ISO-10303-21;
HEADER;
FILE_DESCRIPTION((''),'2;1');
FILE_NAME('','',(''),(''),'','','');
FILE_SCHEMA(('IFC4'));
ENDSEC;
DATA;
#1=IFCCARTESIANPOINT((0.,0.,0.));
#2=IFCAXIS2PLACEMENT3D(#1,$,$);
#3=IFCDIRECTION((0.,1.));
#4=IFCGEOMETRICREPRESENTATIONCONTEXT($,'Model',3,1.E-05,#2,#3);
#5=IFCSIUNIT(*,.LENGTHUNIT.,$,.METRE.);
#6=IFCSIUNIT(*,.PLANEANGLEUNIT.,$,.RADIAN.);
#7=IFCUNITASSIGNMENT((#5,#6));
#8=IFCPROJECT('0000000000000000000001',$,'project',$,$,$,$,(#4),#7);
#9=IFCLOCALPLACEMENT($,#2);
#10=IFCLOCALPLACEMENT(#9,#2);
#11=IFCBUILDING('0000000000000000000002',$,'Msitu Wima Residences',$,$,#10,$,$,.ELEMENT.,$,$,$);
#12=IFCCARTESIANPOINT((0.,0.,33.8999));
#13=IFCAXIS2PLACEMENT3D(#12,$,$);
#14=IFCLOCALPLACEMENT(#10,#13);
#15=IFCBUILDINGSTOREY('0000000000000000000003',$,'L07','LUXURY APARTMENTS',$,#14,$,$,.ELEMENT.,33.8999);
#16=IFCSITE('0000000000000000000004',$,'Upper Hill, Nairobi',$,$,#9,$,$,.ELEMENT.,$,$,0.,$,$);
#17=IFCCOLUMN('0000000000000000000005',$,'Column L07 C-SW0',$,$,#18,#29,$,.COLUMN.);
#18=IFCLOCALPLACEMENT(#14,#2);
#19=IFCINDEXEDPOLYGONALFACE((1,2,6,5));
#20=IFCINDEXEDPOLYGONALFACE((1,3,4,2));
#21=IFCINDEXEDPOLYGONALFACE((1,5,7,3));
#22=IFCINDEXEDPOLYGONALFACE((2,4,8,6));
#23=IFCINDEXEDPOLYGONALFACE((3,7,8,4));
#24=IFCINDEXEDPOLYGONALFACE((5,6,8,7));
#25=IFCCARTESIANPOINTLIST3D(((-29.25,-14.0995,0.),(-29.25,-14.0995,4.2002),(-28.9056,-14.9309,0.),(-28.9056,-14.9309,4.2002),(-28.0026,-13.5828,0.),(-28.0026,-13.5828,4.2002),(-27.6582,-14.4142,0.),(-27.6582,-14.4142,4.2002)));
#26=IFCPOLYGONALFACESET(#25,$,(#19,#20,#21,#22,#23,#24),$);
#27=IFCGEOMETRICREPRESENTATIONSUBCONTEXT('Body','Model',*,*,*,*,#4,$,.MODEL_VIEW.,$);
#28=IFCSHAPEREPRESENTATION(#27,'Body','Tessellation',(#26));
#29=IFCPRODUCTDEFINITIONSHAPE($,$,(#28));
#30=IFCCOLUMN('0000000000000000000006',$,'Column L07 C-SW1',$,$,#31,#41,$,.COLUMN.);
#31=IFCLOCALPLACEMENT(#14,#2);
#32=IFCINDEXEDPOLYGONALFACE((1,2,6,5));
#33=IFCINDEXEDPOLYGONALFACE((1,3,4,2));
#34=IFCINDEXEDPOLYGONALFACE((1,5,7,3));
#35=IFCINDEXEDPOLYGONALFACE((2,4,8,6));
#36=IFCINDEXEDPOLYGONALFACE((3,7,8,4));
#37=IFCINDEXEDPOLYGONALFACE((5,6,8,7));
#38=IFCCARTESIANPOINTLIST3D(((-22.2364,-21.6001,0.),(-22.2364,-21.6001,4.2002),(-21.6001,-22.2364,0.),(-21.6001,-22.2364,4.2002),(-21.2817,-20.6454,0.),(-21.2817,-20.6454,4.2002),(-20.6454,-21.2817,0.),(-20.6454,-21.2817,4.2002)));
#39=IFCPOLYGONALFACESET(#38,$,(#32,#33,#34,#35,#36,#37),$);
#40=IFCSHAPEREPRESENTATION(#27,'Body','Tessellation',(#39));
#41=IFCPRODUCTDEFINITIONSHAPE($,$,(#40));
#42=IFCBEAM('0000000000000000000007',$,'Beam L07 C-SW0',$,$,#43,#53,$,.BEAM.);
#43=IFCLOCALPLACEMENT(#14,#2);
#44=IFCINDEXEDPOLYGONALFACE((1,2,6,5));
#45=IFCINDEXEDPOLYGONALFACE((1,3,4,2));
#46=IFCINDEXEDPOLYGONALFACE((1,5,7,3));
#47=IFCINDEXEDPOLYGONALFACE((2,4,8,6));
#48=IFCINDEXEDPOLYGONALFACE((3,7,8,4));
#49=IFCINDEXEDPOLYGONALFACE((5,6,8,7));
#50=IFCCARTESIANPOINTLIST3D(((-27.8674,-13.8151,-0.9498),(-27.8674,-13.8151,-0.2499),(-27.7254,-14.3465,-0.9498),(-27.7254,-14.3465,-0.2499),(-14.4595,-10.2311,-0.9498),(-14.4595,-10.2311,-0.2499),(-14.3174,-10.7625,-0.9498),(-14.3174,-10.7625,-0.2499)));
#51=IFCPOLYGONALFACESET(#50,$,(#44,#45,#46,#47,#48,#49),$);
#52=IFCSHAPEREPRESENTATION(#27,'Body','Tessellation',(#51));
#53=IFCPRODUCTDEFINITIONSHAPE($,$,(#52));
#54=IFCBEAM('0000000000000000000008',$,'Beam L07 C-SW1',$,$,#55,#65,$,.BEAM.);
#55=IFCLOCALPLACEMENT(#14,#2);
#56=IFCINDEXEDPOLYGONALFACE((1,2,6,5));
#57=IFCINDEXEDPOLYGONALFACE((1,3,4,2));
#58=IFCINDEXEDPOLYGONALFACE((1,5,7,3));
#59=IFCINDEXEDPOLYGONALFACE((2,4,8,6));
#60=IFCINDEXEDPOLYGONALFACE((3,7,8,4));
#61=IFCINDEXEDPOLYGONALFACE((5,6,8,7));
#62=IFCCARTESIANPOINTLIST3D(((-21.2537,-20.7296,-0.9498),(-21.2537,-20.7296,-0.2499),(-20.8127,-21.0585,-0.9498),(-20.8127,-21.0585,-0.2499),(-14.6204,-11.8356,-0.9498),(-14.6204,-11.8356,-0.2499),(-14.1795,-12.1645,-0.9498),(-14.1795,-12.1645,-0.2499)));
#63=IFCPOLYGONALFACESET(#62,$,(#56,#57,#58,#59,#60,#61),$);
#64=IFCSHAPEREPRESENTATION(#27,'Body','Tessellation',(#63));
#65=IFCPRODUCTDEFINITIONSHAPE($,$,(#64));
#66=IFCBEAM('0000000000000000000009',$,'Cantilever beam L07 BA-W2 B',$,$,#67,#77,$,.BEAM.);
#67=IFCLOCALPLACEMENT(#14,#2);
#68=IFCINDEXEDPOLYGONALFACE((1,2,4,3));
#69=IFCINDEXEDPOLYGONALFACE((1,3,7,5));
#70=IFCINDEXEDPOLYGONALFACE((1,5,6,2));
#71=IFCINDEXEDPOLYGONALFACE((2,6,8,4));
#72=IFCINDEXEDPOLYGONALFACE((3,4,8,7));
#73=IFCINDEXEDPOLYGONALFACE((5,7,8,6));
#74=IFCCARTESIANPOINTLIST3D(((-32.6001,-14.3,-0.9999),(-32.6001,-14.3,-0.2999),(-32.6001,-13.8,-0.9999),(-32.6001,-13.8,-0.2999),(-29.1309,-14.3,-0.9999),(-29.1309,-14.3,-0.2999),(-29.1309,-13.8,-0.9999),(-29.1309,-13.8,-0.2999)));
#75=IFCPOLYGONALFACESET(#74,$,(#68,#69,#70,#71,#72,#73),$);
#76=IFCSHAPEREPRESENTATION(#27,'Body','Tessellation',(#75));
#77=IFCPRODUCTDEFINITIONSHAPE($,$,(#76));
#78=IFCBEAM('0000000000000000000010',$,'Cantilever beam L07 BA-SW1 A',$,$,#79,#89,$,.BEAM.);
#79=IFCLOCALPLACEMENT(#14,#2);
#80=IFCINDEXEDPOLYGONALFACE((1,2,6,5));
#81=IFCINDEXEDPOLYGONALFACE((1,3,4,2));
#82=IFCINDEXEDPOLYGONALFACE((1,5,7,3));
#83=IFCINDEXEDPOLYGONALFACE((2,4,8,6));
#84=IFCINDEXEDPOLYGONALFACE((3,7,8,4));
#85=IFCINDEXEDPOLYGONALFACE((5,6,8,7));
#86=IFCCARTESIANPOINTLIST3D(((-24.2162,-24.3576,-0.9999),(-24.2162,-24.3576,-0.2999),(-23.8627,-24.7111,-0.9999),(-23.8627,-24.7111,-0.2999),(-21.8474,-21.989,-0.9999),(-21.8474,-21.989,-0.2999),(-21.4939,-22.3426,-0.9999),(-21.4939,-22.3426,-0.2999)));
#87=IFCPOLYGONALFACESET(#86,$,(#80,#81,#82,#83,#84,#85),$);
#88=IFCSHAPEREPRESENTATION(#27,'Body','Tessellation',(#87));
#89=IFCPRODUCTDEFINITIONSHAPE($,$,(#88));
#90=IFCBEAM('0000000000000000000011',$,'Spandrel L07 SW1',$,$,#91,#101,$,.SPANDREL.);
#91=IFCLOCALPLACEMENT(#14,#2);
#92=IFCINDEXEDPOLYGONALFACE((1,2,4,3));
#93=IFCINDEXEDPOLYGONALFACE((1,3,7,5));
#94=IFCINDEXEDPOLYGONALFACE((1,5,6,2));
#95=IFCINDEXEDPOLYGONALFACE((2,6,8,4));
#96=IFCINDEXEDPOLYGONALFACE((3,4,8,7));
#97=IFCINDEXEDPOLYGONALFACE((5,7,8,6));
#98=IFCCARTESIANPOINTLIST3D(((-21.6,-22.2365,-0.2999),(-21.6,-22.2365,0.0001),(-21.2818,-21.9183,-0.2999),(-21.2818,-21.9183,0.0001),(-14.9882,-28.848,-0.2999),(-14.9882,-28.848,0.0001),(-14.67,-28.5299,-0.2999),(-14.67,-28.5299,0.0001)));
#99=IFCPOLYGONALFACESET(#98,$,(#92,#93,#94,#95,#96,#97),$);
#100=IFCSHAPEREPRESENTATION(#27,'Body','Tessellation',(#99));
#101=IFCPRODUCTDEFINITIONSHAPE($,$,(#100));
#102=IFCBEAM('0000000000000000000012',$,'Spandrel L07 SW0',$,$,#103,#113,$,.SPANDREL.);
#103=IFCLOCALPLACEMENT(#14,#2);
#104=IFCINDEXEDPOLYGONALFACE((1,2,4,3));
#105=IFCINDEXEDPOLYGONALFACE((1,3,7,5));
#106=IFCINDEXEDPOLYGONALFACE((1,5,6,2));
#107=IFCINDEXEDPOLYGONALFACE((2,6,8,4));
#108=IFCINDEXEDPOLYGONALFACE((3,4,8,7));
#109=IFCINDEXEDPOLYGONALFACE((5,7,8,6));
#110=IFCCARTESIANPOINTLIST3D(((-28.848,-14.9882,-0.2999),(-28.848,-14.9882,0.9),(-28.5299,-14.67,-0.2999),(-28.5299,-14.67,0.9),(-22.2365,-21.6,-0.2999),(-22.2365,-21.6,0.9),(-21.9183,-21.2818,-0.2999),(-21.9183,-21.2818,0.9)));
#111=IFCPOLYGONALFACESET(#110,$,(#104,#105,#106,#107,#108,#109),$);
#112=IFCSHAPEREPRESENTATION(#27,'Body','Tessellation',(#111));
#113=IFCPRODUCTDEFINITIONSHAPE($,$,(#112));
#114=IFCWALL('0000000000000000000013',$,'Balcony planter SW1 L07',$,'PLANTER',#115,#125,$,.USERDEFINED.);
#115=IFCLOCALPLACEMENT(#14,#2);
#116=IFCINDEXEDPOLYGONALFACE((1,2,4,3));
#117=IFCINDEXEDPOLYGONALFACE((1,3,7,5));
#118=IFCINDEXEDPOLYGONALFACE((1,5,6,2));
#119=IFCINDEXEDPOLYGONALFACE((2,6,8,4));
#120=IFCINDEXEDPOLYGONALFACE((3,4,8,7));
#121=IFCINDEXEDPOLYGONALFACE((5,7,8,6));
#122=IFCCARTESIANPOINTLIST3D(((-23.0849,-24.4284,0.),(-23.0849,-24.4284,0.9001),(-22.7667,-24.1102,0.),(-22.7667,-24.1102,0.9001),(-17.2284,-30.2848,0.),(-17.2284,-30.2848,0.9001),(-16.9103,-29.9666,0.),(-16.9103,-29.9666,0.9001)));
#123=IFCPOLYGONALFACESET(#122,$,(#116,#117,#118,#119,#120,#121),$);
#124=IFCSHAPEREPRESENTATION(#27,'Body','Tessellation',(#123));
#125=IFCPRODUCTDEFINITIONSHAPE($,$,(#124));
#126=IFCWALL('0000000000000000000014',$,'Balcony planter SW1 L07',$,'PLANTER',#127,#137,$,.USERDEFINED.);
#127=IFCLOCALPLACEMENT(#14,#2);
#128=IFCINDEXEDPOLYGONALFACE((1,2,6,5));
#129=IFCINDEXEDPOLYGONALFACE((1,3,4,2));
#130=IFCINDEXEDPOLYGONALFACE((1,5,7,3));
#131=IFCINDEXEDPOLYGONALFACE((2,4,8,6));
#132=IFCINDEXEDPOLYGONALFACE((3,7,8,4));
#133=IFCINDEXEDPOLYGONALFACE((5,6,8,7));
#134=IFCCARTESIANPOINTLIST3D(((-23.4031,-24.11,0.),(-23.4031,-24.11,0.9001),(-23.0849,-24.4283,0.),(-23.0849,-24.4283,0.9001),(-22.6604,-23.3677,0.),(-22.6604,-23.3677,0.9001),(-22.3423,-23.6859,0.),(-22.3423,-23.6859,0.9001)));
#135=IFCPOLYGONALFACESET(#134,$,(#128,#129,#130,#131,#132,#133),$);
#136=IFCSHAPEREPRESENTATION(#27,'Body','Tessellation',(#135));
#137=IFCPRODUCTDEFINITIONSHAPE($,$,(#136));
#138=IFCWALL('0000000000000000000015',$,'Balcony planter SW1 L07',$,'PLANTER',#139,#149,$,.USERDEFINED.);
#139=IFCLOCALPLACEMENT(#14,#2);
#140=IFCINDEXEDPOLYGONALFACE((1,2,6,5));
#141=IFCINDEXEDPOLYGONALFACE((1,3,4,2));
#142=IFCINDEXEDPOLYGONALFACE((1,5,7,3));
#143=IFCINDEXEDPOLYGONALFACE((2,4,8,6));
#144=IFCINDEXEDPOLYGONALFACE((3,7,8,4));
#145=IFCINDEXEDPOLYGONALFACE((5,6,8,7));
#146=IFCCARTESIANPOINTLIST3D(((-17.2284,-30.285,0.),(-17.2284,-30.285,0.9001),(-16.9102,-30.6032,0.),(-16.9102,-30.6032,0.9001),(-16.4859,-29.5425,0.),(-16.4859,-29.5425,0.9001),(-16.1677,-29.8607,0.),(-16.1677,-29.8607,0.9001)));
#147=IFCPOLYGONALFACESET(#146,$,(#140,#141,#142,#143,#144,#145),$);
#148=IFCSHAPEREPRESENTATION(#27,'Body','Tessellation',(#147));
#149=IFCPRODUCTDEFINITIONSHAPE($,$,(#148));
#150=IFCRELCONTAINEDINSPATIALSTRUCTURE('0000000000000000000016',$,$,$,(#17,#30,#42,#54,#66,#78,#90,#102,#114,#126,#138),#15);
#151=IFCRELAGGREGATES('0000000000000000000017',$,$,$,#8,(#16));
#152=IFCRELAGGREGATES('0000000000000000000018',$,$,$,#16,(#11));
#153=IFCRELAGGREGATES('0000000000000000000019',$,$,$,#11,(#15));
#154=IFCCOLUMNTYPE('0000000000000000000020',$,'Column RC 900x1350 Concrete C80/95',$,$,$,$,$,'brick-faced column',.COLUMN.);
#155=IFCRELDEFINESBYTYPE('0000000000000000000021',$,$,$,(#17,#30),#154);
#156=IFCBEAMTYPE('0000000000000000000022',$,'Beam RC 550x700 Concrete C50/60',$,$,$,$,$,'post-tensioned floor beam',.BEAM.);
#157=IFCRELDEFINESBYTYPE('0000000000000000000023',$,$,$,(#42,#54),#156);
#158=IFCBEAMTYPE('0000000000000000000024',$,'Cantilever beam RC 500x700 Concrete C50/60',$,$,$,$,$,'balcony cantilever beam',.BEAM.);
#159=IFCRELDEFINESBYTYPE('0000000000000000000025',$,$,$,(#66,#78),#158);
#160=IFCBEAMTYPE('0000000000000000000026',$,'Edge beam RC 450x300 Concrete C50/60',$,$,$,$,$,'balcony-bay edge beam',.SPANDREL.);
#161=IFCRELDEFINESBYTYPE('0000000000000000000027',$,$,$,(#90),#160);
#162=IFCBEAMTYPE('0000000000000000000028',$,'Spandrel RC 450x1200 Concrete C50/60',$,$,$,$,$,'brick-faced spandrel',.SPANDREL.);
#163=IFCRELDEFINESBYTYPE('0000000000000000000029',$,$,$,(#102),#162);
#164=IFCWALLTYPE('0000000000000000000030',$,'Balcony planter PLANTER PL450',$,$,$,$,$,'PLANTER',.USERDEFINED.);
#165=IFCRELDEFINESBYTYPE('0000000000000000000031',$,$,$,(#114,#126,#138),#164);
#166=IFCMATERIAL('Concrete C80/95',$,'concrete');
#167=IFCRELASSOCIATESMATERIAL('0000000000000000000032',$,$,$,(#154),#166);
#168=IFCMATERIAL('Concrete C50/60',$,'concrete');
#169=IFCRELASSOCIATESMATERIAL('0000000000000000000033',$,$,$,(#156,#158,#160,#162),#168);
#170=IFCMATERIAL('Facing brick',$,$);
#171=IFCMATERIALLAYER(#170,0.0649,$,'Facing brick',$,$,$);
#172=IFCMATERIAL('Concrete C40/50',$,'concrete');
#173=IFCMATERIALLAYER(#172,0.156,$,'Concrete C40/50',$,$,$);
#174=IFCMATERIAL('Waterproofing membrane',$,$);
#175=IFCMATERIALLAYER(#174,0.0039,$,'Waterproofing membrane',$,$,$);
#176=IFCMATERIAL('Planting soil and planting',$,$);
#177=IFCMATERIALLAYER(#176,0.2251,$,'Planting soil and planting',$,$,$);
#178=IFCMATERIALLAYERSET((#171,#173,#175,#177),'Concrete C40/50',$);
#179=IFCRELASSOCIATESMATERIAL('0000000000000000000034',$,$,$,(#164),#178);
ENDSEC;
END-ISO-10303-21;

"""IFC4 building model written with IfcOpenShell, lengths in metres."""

from ifc_helpers import new_model, si_unit, direction, frame, frame_2d, origin, origin_2d, place, context, subcontext, project, spatial, rectangle, extrude, material, layer, layer_set, material_profile, profile_set, type_object, element, save


model = new_model("IFC4")

# Units and contexts
model_context = context("Model", 3, precision=1e-05, world=origin(), true_north=direction((0.0, 1.0)))
body_context = subcontext(model_context, "Body", "Model", "MODEL_VIEW")
ifc_project = project(units=[si_unit("LENGTHUNIT", "METRE"), si_unit("PLANEANGLEUNIT", "RADIAN")], contexts=[model_context])

# Site, building, storey
site_placement = place(None, origin())
site = spatial("IfcSite", under=ifc_project, at=site_placement, Name="Upper Hill, Nairobi", CompositionType="ELEMENT", RefElevation=0.0)
building_placement = place(site_placement, origin())
building = spatial("IfcBuilding", under=site, at=building_placement, Name="Msitu Wima Residences", CompositionType="ELEMENT")
storey_placement = place(building_placement, frame((0.0, 0.0, 33.8999)))
storey = spatial("IfcBuildingStorey", under=building, at=storey_placement, Name="L07", Description="LUXURY APARTMENTS", CompositionType="ELEMENT", Elevation=33.8999)

# Columns
ifc_material_1 = material(Name="Concrete C80/95", Category="concrete")
ifc_material_profile_1 = material_profile(ifc_material_1, rectangle(XDim=0.8999, YDim=1.3501, at=origin_2d()), Name="RC 900x1350")
ifc_profile_set_1 = profile_set([ifc_material_profile_1], Name="Concrete C80/95")
column_type = type_object("IfcColumnType", Name="Column RC 900x1350 Concrete C80/95", ElementType="brick-faced column", PredefinedType="COLUMN", material=ifc_profile_set_1)
for number, where, z_axis, x_axis, name in (
    (1, (-28.4541, -14.2568, 0.0), (0.0, 0.0, 1.0), (0.382683, -0.92388, 0.0), "Column L07 C-SW0"),
    (2, (-21.4409, -21.4409, 0.0), (0.0, 0.0, 1.0), (0.707107, -0.707107, 0.0), "Column L07 C-SW1"),
):
    element("IfcColumn", number, at=place(storey_placement, frame(where, z_axis=z_axis, x_axis=x_axis)), inside=storey, type_object=column_type, Name=name, PredefinedType="COLUMN", context=body_context, shape_type="SweptSolid", body=[
        extrude(rectangle(XDim=0.8999, YDim=1.3501, at=origin_2d()), origin(), (0.0, 0.0, 1.0), 4.2002),
    ])

# Beams
ifc_material_2 = material(Name="Concrete C50/60", Category="concrete")
ifc_material_profile_2 = material_profile(ifc_material_2, rectangle(XDim=0.55, YDim=0.7, at=origin_2d()), Name="RC 550x700")
ifc_profile_set_2 = profile_set([ifc_material_profile_2], Name="Concrete C50/60")
beam_type_1 = type_object("IfcBeamType", Name="Beam RC 550x700 Concrete C50/60", ElementType="post-tensioned floor beam", PredefinedType="BEAM", material=ifc_profile_set_2)
beam_1_placement = place(storey_placement, frame((-27.7964, -14.0808, -0.5999), z_axis=(0.966082, 0.258236, 0.0), x_axis=(-0.258236, 0.966082, 0.0)))
element("IfcBeam", 3, at=beam_1_placement, inside=storey, type_object=beam_type_1, Name="Beam L07 C-SW0", PredefinedType="BEAM", context=body_context, shape_type="SweptSolid", body=[
    extrude(rectangle(XDim=0.55, YDim=0.7, at=origin_2d()), origin(), (0.0, 0.0, 1.0), 13.8787),
])
beam_2_placement = place(storey_placement, frame((-21.0332, -20.894, -0.5999), z_axis=(0.59785, 0.801608, 0.0), x_axis=(-0.801608, 0.59785, 0.0)))
element("IfcBeam", 4, at=beam_2_placement, inside=storey, type_object=beam_type_1, Name="Beam L07 C-SW1", PredefinedType="BEAM", context=body_context, shape_type="SweptSolid", body=[
    extrude(rectangle(XDim=0.55, YDim=0.7, at=origin_2d()), origin(), (0.0, 0.0, 1.0), 11.0952),
])
ifc_material_profile_3 = material_profile(ifc_material_2, rectangle(XDim=0.5, YDim=0.7, at=origin_2d()), Name="RC 500x700")
ifc_profile_set_3 = profile_set([ifc_material_profile_3], Name="Concrete C50/60")
beam_type_2 = type_object("IfcBeamType", Name="Cantilever beam RC 500x700 Concrete C50/60", ElementType="balcony cantilever beam", PredefinedType="BEAM", material=ifc_profile_set_3)
beam_3_placement = place(storey_placement, frame((-29.1309, -14.05, -0.6499), z_axis=(-1.0, 0.0, 0.0), x_axis=(0.0, -1.0, 0.0)))
element("IfcBeam", 5, at=beam_3_placement, inside=storey, type_object=beam_type_2, Name="Cantilever beam L07 BA-W2 B", PredefinedType="BEAM", context=body_context, shape_type="SweptSolid", body=[
    extrude(rectangle(XDim=0.5, YDim=0.7, at=origin_2d()), origin(), (0.0, 0.0, 1.0), 3.4692),
])
beam_4_placement = place(storey_placement, frame((-21.6707, -22.1658, -0.6499), z_axis=(-0.707143, -0.70707, 0.0), x_axis=(0.70707, -0.707143, 0.0)))
element("IfcBeam", 6, at=beam_4_placement, inside=storey, type_object=beam_type_2, Name="Cantilever beam L07 BA-SW1 A", PredefinedType="BEAM", context=body_context, shape_type="SweptSolid", body=[
    extrude(rectangle(XDim=0.5, YDim=0.7, at=origin_2d()), origin(), (0.0, 0.0, 1.0), 3.3499),
])
ifc_material_profile_4 = material_profile(ifc_material_2, rectangle(XDim=0.45, YDim=0.3, at=origin_2d()), Name="RC 450x300")
ifc_profile_set_4 = profile_set([ifc_material_profile_4], Name="Concrete C50/60")
beam_type_3 = type_object("IfcBeamType", Name="Edge beam RC 450x300 Concrete C50/60", ElementType="balcony-bay edge beam", PredefinedType="SPANDREL", material=ifc_profile_set_4)
beam_5_placement = place(storey_placement, frame((-21.4409, -22.0774, -0.1499), z_axis=(0.70712, -0.707094, 0.0), x_axis=(0.707094, 0.70712, 0.0)))
element("IfcBeam", 7, at=beam_5_placement, inside=storey, type_object=beam_type_3, Name="Spandrel L07 SW1", PredefinedType="SPANDREL", context=body_context, shape_type="SweptSolid", body=[
    extrude(rectangle(XDim=0.45, YDim=0.3, at=origin_2d()), origin(), (0.0, 0.0, 1.0), 9.3503),
])
ifc_material_profile_5 = material_profile(ifc_material_2, rectangle(XDim=0.45, YDim=1.2, at=origin_2d()), Name="RC 450x1200")
ifc_profile_set_5 = profile_set([ifc_material_profile_5], Name="Concrete C50/60")
beam_type_4 = type_object("IfcBeamType", Name="Spandrel RC 450x1200 Concrete C50/60", ElementType="brick-faced spandrel", PredefinedType="SPANDREL", material=ifc_profile_set_5)
beam_6_placement = place(storey_placement, frame((-28.689, -14.8291, 0.3), z_axis=(0.707094, -0.70712, 0.0), x_axis=(0.70712, 0.707094, 0.0)))
element("IfcBeam", 8, at=beam_6_placement, inside=storey, type_object=beam_type_4, Name="Spandrel L07 SW0", PredefinedType="SPANDREL", context=body_context, shape_type="SweptSolid", body=[
    extrude(rectangle(XDim=0.45, YDim=1.2, at=origin_2d()), origin(), (0.0, 0.0, 1.0), 9.3503),
])

# Walls
ifc_material_3 = material(Name="Facing brick")
ifc_layer_1 = layer(ifc_material_3, 0.0649, Name="Facing brick")
ifc_material_4 = material(Name="Concrete C40/50", Category="concrete")
ifc_layer_2 = layer(ifc_material_4, 0.156, Name="Concrete C40/50")
ifc_material_5 = material(Name="Waterproofing membrane")
ifc_layer_3 = layer(ifc_material_5, 0.0039, Name="Waterproofing membrane")
ifc_material_6 = material(Name="Planting soil and planting")
ifc_layer_4 = layer(ifc_material_6, 0.2251, Name="Planting soil and planting")
ifc_layer_set_1 = layer_set([ifc_layer_1, ifc_layer_2, ifc_layer_3, ifc_layer_4], Name="Concrete C40/50")
wall_type_1 = type_object("IfcWallType", Name="Balcony planter PLANTER PL450", ElementType="PLANTER", PredefinedType="USERDEFINED", material=ifc_layer_set_1)
wall_1_placement = place(storey_placement, frame((-22.9258, -24.2693, 0.0), z_axis=(0.0, 0.0, 1.0), x_axis=(0.707107, -0.707107, 0.0)))
element("IfcWall", 9, at=wall_1_placement, inside=storey, type_object=wall_type_1, Name="Balcony planter SW1 L07", ObjectType="PLANTER", PredefinedType="USERDEFINED", context=body_context, shape_type="SweptSolid", body=[
    extrude(rectangle(XDim=8.2822, YDim=0.45, at=frame_2d((4.1411, 0.0))), origin(), (0.0, 0.0, 1.0), 0.9001),
])
for number, where, z_axis, x_axis, name in (
    (10, (-22.5015, -23.5269, 0.0), (0.0, 0.0, 1.0), (-0.707223, -0.706991, 0.0), "Balcony planter SW1 L07"),
    (11, (-16.3269, -29.7017, 0.0), (0.0, 0.0, 1.0), (-0.707107, -0.707107, 0.0), "Balcony planter SW1 L07"),
):
    element("IfcWall", number, at=place(storey_placement, frame(where, z_axis=z_axis, x_axis=x_axis)), inside=storey, type_object=wall_type_1, Name=name, ObjectType="PLANTER", PredefinedType="USERDEFINED", context=body_context, shape_type="SweptSolid", body=[
        extrude(rectangle(XDim=1.05, YDim=0.45, at=frame_2d((0.5249, 0.0))), origin(), (0.0, 0.0, 1.0), 0.9001),
    ])

save(model, "model.ifc")
